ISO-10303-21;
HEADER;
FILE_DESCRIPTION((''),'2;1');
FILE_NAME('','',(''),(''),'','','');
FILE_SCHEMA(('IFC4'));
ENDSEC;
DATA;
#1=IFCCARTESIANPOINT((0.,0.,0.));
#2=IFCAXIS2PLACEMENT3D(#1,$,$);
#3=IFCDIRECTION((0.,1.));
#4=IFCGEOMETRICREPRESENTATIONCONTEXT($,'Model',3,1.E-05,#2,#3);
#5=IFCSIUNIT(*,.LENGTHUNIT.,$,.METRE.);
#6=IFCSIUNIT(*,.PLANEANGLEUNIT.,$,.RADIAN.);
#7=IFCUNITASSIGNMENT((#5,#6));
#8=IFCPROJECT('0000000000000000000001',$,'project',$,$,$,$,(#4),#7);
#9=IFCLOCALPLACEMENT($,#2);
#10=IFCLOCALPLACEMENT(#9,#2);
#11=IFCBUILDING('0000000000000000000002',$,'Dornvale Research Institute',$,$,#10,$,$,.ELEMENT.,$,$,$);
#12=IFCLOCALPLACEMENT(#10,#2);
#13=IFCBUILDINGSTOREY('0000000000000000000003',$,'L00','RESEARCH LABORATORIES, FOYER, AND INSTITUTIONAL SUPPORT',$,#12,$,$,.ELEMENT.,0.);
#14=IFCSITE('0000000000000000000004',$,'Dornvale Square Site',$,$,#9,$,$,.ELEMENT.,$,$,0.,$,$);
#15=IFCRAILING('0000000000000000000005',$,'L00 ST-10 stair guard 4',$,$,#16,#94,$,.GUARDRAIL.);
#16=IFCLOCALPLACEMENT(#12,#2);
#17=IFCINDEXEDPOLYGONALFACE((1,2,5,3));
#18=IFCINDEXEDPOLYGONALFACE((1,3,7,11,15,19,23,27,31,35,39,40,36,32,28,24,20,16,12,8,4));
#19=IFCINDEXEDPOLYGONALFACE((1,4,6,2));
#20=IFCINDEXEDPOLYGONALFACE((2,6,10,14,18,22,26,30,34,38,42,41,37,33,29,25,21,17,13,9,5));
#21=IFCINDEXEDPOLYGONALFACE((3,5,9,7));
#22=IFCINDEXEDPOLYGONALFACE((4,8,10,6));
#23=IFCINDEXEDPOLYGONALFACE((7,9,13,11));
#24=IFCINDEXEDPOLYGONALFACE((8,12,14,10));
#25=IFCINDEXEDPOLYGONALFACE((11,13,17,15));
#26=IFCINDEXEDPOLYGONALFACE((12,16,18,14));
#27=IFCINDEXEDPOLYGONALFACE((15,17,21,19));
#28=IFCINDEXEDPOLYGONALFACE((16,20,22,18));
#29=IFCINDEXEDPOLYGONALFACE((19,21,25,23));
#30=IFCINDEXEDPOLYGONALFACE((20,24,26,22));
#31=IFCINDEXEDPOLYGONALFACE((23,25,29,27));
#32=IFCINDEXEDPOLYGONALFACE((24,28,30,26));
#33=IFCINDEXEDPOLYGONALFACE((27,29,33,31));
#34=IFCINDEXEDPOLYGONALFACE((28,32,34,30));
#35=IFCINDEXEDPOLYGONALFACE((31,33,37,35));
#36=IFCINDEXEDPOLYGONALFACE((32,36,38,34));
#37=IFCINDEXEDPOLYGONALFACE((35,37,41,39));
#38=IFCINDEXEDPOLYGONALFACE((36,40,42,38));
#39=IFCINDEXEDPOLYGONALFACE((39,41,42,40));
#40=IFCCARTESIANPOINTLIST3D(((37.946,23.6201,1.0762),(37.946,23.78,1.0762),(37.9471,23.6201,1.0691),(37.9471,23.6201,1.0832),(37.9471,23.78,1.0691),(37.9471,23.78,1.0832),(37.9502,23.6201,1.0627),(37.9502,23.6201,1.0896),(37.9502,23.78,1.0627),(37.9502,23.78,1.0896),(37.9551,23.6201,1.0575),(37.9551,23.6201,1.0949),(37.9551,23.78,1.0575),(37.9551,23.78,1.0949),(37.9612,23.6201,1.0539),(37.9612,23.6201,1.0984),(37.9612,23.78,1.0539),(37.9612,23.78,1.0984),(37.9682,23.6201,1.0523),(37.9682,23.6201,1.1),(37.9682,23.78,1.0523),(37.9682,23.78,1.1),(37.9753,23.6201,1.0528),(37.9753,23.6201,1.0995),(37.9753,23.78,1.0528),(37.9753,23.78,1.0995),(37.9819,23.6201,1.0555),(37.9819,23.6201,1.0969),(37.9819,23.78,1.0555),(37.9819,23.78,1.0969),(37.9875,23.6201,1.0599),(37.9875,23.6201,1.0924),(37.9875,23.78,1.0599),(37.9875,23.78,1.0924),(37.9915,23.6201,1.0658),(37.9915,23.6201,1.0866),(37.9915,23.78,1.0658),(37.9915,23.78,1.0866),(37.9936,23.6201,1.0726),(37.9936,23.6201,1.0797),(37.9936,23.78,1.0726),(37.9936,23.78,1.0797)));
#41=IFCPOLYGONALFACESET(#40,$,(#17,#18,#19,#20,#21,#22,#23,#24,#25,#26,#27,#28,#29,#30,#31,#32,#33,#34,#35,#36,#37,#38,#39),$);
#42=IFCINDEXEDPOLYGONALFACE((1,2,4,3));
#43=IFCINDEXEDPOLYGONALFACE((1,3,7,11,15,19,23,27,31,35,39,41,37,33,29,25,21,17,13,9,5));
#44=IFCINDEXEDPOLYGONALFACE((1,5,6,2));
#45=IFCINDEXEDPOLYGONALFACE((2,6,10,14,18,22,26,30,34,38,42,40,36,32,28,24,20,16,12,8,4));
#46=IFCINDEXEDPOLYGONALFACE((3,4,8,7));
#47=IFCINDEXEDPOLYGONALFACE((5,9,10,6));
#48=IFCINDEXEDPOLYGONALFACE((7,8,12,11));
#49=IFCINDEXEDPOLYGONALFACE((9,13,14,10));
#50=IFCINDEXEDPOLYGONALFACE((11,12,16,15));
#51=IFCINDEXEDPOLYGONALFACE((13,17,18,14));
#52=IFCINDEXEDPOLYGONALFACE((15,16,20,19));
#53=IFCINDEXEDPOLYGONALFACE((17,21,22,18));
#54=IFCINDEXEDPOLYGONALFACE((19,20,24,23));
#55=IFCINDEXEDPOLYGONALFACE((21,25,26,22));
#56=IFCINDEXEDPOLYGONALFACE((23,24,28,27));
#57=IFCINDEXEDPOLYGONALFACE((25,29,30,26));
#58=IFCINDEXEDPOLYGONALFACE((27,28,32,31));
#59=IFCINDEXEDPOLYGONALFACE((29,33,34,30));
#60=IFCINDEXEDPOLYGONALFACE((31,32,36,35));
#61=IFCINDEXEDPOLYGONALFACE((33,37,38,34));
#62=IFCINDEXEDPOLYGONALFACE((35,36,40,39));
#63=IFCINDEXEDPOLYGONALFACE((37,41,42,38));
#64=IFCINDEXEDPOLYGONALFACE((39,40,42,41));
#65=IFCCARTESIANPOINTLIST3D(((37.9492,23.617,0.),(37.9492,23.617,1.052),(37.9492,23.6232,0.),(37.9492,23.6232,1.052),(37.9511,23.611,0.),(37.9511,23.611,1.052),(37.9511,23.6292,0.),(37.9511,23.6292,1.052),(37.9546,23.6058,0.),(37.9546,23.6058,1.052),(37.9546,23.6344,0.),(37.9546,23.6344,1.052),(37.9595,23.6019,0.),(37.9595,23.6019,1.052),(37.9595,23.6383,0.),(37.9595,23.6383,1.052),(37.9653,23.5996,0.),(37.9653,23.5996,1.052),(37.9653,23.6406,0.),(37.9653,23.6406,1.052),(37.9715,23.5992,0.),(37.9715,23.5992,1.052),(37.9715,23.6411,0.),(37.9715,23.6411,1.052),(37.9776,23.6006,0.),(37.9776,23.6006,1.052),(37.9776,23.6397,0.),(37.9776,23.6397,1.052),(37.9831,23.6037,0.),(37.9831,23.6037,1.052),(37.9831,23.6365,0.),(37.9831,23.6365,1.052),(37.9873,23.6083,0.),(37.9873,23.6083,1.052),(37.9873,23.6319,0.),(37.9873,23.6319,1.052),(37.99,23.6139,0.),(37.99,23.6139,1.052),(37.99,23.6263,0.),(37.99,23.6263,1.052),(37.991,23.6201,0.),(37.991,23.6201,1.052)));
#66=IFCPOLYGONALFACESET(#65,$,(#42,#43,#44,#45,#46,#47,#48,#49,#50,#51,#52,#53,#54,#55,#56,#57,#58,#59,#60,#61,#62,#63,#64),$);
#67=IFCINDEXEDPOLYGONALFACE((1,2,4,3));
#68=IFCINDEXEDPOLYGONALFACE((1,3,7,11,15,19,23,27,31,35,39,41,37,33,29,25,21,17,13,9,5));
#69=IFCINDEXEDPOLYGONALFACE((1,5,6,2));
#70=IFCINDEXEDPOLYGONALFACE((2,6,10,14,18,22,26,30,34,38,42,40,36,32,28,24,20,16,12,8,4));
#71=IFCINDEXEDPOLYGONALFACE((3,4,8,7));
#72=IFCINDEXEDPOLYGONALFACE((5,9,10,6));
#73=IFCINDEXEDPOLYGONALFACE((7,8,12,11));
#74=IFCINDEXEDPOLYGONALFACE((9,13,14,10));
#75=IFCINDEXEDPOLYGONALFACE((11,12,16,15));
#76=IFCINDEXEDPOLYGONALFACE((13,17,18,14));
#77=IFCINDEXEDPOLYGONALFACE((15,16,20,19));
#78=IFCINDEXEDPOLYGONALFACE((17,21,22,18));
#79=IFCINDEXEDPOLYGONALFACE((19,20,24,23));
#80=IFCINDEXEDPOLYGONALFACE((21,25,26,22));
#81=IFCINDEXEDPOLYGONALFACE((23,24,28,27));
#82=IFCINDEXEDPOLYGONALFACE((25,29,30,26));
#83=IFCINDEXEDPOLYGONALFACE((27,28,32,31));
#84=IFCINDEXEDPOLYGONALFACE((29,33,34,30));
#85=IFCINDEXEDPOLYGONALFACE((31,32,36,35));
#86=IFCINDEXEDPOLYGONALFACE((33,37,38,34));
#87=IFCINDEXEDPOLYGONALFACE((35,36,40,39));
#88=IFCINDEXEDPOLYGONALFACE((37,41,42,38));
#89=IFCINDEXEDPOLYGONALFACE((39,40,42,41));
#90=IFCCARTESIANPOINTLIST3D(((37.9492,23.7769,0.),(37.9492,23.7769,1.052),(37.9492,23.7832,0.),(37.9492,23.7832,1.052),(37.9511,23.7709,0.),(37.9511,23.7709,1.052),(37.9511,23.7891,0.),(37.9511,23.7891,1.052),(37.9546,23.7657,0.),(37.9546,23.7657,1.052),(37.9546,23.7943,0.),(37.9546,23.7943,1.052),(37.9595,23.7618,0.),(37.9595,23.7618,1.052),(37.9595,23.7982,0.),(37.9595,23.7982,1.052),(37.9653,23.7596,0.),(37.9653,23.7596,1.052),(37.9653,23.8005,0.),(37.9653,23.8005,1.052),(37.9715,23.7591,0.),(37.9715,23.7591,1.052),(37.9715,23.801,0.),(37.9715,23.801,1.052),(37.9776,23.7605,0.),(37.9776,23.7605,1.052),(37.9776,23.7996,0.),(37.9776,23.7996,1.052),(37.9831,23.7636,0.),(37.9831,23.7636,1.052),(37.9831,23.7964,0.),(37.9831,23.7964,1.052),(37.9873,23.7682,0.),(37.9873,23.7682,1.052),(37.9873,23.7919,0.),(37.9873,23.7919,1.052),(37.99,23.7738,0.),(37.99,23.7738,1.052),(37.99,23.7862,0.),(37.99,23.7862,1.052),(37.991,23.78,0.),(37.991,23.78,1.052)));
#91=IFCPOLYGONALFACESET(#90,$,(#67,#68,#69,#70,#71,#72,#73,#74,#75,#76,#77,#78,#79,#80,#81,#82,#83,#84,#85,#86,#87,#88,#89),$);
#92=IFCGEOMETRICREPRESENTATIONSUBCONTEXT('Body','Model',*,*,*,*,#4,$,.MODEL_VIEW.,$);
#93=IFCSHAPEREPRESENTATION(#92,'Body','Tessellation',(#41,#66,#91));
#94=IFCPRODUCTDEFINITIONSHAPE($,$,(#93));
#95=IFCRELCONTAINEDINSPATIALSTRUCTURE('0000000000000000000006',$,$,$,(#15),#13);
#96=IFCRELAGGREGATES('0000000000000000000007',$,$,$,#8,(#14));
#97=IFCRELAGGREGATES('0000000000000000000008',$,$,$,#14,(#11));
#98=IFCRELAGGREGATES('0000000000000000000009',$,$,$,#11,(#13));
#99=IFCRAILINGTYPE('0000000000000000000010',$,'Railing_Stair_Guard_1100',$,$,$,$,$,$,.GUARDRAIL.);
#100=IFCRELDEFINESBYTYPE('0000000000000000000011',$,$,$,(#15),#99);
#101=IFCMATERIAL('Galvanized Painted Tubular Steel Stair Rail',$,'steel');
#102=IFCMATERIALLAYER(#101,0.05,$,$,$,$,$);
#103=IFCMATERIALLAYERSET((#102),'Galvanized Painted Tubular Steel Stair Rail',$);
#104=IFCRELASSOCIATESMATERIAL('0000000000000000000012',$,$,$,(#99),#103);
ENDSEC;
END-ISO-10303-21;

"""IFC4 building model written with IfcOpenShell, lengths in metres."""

from ifc_helpers import new_model, si_unit, direction, frame, origin, origin_2d, place, context, subcontext, project, spatial, circle, extrude, material, layer, layer_set, type_object, element, save


model = new_model("IFC4")

# Units and contexts
model_context = context("Model", 3, precision=1e-05, world=origin(), true_north=direction((0.0, 1.0)))
body_context = subcontext(model_context, "Body", "Model", "MODEL_VIEW")
ifc_project = project(units=[si_unit("LENGTHUNIT", "METRE"), si_unit("PLANEANGLEUNIT", "RADIAN")], contexts=[model_context])

# Site, building, storey
site_placement = place(None, origin())
site = spatial("IfcSite", under=ifc_project, at=site_placement, Name="Dornvale Square Site", CompositionType="ELEMENT", RefElevation=0.0)
building_placement = place(site_placement, origin())
building = spatial("IfcBuilding", under=site, at=building_placement, Name="Dornvale Research Institute", CompositionType="ELEMENT")
storey_placement = place(building_placement, origin())
storey = spatial("IfcBuildingStorey", under=building, at=storey_placement, Name="L00", Description="RESEARCH LABORATORIES, FOYER, AND INSTITUTIONAL SUPPORT", CompositionType="ELEMENT", Elevation=0.0)

# Railing
ifc_material_1 = material(Name="Galvanized Painted Tubular Steel Stair Rail", Category="steel")
ifc_layer_1 = layer(ifc_material_1, 0.05)
ifc_layer_set_1 = layer_set([ifc_layer_1], Name="Galvanized Painted Tubular Steel Stair Rail")
railing_type_1 = type_object("IfcRailingType", Name="Railing_Stair_Guard_1100", PredefinedType="GUARDRAIL", material=ifc_layer_set_1)
railing_1_placement = place(storey_placement, frame((37.97, 23.6201, 0.0)))
element("IfcRailing", 1, at=railing_1_placement, inside=storey, type_object=railing_type_1, Name="L00 ST-10 stair guard 4", PredefinedType="GUARDRAIL", context=body_context, shape_type="SweptSolid", body=[
    extrude(circle(Radius=0.0239, at=origin_2d()), frame((0.0, 0.0, 1.0762), z_axis=(0.0, 1.0, 0.0), x_axis=(-1.0, 0.0, 0.0)), (0.0, 0.0, 1.0), 0.1599),
    extrude(circle(Radius=0.021, at=origin_2d()), origin(), (0.0, 0.0, 1.0), 1.052),
    extrude(circle(Radius=0.021, at=origin_2d()), frame((0.0, 0.1599, 0.0)), (0.0, 0.0, 1.0), 1.052),
])

save(model, "model.ifc")
